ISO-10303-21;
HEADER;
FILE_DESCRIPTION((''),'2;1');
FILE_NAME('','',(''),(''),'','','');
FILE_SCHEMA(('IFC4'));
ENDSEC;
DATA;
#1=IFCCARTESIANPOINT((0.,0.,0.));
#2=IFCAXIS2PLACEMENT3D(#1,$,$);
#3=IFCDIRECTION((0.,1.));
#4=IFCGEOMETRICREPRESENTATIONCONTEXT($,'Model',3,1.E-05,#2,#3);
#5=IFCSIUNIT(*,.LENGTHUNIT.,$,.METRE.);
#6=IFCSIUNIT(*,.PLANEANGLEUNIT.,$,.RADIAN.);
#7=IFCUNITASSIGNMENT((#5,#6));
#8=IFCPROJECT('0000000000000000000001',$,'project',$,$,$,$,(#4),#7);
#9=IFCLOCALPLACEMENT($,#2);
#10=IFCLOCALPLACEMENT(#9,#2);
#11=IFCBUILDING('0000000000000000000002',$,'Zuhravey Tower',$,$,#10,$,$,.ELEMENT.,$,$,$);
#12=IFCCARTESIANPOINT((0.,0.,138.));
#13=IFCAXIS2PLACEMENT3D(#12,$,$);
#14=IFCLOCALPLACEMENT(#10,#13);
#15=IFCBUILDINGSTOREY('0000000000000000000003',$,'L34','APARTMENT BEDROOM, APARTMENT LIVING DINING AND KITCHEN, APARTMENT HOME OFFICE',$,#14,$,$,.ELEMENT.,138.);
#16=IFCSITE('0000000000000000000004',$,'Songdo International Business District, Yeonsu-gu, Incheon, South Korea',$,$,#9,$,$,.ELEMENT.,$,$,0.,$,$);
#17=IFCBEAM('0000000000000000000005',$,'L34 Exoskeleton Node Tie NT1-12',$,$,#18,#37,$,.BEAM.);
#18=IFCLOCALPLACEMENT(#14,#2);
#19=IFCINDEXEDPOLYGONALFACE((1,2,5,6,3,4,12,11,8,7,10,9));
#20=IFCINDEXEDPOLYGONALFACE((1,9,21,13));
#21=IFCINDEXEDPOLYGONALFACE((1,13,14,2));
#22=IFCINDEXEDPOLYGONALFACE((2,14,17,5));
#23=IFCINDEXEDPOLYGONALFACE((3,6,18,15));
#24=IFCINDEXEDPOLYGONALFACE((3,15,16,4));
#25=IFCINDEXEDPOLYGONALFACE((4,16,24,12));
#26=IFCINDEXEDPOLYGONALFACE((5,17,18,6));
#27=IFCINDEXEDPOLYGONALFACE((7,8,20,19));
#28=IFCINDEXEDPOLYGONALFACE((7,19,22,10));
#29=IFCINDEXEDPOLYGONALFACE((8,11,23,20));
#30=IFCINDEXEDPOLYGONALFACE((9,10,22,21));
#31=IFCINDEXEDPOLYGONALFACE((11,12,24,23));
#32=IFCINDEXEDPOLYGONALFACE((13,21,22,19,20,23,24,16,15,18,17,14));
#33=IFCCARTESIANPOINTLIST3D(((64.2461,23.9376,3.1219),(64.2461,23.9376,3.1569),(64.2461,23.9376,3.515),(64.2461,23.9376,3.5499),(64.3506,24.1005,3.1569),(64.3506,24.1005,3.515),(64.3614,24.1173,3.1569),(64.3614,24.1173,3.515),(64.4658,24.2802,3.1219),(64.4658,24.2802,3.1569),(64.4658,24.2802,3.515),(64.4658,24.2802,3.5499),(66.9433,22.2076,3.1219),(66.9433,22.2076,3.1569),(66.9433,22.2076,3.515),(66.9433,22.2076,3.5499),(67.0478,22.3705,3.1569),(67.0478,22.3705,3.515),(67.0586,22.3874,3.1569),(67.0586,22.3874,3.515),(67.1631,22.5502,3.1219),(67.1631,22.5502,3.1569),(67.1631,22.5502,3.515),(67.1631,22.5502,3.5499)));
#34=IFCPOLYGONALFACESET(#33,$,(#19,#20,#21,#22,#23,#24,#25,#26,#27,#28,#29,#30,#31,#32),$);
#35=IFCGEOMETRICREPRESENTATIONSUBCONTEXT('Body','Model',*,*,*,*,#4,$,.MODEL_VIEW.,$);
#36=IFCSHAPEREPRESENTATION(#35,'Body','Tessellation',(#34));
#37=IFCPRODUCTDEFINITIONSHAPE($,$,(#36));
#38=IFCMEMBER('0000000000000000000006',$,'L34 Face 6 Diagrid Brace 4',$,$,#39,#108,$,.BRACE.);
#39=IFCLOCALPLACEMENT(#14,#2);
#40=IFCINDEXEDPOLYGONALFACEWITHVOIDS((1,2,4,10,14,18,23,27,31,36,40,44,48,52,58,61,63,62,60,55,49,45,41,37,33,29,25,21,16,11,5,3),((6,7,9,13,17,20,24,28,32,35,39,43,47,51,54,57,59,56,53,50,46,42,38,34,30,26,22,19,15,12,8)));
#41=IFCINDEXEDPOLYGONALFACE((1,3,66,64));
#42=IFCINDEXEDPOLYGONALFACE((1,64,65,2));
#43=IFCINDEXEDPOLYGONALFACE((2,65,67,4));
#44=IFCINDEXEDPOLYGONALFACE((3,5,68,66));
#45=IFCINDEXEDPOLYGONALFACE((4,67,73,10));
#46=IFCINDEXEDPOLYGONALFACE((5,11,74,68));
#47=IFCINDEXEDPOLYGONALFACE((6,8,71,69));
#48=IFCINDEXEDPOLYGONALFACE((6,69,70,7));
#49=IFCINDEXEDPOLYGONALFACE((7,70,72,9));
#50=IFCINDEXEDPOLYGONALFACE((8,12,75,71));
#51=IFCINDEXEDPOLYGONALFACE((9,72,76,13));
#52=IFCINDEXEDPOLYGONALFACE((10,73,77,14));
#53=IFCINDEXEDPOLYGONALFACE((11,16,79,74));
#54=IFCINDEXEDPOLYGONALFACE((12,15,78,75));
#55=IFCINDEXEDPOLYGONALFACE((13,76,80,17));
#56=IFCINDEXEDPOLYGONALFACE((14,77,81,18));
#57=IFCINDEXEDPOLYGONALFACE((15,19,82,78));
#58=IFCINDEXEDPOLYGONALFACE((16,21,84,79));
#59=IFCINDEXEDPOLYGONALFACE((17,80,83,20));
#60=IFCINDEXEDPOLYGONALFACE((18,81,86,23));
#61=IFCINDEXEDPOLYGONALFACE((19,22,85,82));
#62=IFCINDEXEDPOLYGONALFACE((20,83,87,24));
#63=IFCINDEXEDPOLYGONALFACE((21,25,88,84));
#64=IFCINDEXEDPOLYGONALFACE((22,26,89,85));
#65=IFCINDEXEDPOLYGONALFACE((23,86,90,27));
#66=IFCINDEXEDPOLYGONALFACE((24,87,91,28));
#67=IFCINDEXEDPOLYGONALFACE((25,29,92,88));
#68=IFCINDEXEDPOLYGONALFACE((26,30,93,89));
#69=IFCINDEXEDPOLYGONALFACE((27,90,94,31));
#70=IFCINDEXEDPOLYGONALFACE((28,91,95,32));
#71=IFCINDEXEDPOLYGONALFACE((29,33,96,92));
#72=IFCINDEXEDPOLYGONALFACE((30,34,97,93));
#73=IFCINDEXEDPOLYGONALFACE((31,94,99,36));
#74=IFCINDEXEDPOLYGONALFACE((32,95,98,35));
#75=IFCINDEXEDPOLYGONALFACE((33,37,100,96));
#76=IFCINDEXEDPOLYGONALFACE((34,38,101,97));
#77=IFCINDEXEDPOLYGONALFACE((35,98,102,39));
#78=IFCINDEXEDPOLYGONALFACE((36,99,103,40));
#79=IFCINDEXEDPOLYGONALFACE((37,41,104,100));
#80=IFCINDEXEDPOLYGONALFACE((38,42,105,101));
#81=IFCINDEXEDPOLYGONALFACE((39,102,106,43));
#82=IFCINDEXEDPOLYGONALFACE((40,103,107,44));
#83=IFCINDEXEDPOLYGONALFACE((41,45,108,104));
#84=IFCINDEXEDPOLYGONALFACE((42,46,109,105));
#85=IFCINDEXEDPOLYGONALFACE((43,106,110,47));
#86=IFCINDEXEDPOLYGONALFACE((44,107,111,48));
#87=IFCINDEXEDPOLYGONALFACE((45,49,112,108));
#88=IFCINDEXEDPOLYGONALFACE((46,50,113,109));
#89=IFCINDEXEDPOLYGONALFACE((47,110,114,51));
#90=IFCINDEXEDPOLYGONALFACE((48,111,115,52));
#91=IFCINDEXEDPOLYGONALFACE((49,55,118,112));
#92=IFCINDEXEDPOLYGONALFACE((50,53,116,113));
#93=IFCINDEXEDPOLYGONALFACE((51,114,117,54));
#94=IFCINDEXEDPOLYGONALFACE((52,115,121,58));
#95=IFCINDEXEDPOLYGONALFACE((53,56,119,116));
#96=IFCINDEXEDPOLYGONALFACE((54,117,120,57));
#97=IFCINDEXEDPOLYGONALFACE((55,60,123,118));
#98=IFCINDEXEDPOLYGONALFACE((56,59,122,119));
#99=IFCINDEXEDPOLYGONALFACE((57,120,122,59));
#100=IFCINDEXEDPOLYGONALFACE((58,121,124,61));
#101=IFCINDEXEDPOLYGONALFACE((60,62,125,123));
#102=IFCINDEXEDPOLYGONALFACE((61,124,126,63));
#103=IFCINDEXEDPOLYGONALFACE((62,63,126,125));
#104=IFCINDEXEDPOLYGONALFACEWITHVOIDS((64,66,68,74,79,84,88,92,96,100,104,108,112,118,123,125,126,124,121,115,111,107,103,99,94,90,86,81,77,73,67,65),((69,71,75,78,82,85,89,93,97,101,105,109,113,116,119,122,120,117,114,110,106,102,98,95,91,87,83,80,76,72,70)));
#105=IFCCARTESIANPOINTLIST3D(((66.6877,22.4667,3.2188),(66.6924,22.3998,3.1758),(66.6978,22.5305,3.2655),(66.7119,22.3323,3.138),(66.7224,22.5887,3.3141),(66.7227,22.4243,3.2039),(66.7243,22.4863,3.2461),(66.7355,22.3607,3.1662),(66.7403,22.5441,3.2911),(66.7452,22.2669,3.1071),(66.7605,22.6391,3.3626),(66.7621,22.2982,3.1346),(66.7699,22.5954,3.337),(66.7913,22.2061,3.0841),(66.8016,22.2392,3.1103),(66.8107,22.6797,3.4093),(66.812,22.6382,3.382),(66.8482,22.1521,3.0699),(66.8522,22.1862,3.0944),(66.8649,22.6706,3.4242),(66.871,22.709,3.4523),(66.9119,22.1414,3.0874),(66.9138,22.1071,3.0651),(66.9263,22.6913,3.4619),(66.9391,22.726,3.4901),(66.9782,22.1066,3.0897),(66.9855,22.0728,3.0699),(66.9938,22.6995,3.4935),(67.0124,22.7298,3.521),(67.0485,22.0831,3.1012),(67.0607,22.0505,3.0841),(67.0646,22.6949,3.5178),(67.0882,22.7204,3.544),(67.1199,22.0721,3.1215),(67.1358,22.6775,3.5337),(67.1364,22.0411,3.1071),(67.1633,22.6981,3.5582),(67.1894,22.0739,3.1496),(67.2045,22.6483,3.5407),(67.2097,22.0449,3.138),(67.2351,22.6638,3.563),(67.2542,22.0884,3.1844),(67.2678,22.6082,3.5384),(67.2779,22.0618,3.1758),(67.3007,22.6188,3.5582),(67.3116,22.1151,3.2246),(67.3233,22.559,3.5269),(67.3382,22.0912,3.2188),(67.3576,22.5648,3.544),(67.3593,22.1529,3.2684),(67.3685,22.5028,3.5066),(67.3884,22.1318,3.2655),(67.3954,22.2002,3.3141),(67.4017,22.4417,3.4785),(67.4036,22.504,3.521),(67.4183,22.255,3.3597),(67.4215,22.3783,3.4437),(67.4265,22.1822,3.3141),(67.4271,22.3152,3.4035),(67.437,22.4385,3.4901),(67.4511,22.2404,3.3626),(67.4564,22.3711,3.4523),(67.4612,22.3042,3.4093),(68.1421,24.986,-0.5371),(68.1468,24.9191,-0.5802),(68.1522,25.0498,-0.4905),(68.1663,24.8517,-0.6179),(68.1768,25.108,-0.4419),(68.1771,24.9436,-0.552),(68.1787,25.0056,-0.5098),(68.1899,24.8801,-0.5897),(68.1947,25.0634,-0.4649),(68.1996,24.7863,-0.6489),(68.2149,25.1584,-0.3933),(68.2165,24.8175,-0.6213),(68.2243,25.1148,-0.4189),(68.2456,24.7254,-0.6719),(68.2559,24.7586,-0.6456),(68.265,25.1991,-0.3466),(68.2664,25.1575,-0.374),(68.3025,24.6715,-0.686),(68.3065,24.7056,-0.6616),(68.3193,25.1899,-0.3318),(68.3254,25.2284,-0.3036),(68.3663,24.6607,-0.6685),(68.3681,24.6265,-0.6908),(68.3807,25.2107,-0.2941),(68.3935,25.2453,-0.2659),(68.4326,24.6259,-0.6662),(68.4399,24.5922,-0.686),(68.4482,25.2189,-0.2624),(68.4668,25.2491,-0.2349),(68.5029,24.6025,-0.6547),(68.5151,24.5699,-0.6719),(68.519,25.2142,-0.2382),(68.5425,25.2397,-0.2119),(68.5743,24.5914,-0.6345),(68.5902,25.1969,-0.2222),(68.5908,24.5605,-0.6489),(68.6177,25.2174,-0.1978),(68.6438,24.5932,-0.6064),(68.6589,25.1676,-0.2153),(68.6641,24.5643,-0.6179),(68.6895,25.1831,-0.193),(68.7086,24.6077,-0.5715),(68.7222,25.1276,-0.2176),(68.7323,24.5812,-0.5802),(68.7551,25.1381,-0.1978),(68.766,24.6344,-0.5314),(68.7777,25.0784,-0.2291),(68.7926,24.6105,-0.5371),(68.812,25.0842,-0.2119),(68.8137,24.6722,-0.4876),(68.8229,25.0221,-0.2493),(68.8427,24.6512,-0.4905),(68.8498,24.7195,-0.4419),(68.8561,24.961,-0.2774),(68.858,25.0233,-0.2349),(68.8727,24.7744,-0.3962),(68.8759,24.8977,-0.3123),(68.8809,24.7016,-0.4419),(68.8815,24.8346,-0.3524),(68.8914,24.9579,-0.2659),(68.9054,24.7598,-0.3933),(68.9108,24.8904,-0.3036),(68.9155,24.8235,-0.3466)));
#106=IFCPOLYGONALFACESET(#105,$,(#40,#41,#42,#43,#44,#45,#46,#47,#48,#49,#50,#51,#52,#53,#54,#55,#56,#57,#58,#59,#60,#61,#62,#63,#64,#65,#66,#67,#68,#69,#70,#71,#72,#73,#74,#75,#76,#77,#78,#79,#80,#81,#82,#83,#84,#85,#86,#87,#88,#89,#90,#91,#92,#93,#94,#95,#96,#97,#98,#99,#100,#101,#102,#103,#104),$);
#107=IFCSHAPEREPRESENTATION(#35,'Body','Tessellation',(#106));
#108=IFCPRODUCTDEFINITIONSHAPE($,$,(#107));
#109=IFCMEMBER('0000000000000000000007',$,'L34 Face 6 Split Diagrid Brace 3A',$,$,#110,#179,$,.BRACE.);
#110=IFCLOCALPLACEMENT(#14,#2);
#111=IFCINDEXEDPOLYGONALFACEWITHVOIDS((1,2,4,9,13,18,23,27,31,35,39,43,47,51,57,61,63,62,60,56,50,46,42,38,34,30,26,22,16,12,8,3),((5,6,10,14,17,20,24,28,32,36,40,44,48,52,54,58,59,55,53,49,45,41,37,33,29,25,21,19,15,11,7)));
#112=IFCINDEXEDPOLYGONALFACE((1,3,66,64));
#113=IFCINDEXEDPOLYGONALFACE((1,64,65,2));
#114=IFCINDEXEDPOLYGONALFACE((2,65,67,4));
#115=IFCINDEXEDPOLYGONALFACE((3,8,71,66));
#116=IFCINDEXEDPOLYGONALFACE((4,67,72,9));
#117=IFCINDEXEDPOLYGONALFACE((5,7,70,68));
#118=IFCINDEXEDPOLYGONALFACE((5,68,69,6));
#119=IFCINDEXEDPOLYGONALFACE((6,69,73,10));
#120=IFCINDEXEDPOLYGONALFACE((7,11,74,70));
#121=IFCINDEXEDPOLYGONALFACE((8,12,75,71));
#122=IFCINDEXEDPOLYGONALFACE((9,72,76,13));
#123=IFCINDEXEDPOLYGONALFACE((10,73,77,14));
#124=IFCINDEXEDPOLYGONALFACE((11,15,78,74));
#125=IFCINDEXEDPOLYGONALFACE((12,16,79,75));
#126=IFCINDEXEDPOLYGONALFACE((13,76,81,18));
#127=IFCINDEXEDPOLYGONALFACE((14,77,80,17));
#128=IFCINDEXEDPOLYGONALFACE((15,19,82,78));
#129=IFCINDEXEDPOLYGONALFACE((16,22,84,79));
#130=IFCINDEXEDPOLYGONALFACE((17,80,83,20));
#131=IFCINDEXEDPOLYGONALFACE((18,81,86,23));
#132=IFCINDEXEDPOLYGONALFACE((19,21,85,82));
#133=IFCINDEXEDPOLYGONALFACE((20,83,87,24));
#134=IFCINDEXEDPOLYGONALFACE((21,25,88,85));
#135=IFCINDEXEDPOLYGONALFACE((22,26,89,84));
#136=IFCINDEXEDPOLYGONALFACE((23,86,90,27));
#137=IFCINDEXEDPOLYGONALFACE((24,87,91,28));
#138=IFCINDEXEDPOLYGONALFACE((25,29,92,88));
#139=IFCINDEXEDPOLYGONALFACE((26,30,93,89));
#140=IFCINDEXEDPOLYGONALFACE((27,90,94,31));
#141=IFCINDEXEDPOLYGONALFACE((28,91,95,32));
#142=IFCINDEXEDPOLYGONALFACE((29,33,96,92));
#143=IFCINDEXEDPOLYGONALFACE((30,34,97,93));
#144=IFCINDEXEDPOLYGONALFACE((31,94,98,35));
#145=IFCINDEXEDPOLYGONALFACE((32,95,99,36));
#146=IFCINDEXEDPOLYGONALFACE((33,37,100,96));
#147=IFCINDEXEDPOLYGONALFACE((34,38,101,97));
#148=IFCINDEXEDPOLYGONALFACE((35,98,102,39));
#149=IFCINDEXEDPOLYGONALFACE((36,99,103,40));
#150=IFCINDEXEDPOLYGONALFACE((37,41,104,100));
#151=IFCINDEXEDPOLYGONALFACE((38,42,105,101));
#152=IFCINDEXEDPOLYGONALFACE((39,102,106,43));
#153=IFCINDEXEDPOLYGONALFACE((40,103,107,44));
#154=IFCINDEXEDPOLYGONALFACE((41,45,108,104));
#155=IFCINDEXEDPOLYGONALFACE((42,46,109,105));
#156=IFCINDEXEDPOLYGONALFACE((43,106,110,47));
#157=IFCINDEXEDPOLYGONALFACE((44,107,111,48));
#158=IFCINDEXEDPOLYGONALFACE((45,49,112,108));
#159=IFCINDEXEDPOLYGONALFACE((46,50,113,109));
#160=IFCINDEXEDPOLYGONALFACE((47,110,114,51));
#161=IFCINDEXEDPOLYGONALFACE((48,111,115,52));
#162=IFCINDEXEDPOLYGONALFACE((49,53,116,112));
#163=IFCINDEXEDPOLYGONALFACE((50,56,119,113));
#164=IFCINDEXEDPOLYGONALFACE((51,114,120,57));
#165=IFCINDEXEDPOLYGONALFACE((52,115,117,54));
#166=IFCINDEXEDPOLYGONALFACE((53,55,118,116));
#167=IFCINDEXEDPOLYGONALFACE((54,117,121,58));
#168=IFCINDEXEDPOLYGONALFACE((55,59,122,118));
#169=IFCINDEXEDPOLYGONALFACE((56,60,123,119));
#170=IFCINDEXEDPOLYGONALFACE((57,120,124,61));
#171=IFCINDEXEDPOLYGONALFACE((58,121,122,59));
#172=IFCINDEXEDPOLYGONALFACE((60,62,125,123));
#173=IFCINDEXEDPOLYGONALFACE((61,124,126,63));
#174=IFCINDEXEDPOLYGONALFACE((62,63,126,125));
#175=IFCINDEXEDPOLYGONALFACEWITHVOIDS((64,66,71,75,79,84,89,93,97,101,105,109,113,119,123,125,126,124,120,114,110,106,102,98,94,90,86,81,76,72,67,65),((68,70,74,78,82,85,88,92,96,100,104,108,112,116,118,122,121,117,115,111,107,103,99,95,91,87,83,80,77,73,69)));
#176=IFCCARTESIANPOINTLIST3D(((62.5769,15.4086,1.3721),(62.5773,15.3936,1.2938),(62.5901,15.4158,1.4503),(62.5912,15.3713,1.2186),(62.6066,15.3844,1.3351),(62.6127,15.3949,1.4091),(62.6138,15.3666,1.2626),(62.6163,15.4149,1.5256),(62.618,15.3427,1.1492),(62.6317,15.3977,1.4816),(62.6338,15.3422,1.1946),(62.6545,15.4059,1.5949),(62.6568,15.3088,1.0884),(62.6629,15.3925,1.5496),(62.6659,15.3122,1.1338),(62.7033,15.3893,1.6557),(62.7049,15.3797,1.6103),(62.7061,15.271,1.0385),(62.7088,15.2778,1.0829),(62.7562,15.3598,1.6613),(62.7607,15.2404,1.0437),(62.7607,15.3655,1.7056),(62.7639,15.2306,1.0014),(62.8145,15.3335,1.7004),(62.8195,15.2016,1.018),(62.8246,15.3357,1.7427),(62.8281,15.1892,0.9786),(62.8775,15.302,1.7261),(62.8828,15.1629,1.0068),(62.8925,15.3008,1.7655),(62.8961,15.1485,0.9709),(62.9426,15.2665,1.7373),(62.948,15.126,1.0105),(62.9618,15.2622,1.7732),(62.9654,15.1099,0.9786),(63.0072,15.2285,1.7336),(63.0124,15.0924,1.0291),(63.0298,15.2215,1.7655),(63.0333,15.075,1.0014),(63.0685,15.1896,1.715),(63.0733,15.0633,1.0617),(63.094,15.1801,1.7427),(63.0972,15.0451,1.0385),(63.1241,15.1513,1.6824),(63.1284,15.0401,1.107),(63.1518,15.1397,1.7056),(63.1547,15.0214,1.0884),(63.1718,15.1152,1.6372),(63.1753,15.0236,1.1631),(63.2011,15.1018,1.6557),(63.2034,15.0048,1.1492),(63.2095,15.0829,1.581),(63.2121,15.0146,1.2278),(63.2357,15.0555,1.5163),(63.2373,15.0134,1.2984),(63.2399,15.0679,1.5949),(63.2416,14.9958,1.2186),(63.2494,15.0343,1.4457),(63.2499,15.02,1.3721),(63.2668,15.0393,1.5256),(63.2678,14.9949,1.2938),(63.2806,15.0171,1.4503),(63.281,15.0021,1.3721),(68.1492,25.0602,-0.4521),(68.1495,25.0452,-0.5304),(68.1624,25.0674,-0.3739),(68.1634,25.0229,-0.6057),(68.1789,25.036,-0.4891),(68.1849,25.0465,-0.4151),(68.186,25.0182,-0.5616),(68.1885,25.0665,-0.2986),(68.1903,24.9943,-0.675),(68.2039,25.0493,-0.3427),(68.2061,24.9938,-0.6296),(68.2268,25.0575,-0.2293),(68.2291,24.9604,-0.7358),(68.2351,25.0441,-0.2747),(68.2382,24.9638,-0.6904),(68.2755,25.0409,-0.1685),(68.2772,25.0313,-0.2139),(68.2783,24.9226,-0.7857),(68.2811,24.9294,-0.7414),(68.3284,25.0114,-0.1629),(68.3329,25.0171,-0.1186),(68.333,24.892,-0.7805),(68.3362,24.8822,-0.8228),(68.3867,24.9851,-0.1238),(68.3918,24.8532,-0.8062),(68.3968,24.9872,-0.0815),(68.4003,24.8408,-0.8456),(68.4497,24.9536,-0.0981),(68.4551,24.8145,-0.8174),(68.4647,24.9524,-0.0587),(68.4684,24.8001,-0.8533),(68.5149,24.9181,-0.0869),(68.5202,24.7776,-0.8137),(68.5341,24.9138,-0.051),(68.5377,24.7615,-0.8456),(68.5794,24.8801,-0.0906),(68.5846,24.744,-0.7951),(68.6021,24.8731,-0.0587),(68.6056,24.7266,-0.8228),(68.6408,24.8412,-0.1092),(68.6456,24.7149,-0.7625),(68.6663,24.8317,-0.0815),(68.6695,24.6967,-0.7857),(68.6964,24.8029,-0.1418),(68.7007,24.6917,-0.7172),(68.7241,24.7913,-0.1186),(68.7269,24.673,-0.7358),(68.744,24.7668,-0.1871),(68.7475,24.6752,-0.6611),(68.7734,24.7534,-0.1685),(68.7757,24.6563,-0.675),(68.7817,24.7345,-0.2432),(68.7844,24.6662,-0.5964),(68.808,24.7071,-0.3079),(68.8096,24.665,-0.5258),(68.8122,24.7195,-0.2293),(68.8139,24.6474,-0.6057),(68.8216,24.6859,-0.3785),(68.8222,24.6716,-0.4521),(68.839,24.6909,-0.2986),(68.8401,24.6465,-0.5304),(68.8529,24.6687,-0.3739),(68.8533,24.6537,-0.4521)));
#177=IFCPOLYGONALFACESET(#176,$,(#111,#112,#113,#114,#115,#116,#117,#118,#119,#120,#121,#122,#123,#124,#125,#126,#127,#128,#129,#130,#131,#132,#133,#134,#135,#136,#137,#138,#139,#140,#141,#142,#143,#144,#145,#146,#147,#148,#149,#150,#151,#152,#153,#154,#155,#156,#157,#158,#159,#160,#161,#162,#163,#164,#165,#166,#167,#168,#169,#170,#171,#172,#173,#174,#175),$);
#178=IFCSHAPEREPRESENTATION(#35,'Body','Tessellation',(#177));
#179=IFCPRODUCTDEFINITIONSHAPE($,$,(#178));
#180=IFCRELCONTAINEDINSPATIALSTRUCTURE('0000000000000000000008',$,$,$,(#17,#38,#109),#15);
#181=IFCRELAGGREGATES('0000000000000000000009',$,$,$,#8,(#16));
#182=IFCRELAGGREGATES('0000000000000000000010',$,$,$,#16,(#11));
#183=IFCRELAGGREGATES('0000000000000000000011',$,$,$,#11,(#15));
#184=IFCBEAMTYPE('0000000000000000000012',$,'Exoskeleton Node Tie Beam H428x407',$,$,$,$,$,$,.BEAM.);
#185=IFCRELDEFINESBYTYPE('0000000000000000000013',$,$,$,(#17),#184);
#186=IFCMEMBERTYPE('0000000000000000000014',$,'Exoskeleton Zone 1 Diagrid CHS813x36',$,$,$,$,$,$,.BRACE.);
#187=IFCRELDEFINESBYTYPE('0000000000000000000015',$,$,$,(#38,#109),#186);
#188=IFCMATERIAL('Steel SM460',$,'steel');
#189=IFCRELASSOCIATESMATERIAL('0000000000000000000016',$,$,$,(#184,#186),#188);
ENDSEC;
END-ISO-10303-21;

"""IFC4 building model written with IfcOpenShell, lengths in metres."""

from ifc_helpers import new_model, si_unit, direction, frame, origin, origin_2d, place, context, subcontext, project, spatial, hollow_circle, i_section, extrude, material, material_profile, profile_set, type_object, element, save


model = new_model("IFC4")

# Units and contexts
model_context = context("Model", 3, precision=1e-05, world=origin(), true_north=direction((0.0, 1.0)))
body_context = subcontext(model_context, "Body", "Model", "MODEL_VIEW")
ifc_project = project(units=[si_unit("LENGTHUNIT", "METRE"), si_unit("PLANEANGLEUNIT", "RADIAN")], contexts=[model_context])

# Site, building, storey
site_placement = place(None, origin())
site = spatial("IfcSite", under=ifc_project, at=site_placement, Name="Songdo International Business District, Yeonsu-gu, Incheon, South Korea", CompositionType="ELEMENT", RefElevation=0.0)
building_placement = place(site_placement, origin())
building = spatial("IfcBuilding", under=site, at=building_placement, Name="Zuhravey Tower", CompositionType="ELEMENT")
storey_placement = place(building_placement, frame((0.0, 0.0, 138.0)))
storey = spatial("IfcBuildingStorey", under=building, at=storey_placement, Name="L34", Description="APARTMENT BEDROOM, APARTMENT LIVING DINING AND KITCHEN, APARTMENT HOME OFFICE", CompositionType="ELEMENT", Elevation=138.0)

# Beam
ifc_material_1 = material(Name="Steel SM460", Category="steel")
ifc_material_profile_1 = material_profile(ifc_material_1, i_section(OverallWidth=0.407, OverallDepth=0.428, WebThickness=0.02, FlangeThickness=0.0349, at=origin_2d()), Name="H-428x407x20x35")
ifc_profile_set_1 = profile_set([ifc_material_profile_1], Name="Steel SM460")
beam_type_1 = type_object("IfcBeamType", Name="Exoskeleton Node Tie Beam H428x407", PredefinedType="BEAM", material=ifc_profile_set_1)
beam_1_placement = place(storey_placement, frame((64.356, 24.1089, 3.3359), z_axis=(0.841742, -0.539879, 0.0), x_axis=(0.539879, 0.841742, 0.0)))
element("IfcBeam", 1, at=beam_1_placement, inside=storey, type_object=beam_type_1, Name="L34 Exoskeleton Node Tie NT1-12", PredefinedType="BEAM", context=body_context, shape_type="SweptSolid", body=[
    extrude(i_section(OverallWidth=0.407, OverallDepth=0.428, WebThickness=0.02, FlangeThickness=0.0349, at=origin_2d()), origin(), (0.0, 0.0, 1.0), 3.2043),
])

# Members
ifc_material_profile_2 = material_profile(ifc_material_1, hollow_circle(Radius=0.4065, WallThickness=0.0359, at=origin_2d()), Name="CHS-812.8x36")
ifc_profile_set_2 = profile_set([ifc_material_profile_2], Name="Steel SM460")
member_type_1 = type_object("IfcMemberType", Name="Exoskeleton Zone 1 Diagrid CHS813x36", PredefinedType="BRACE", material=ifc_profile_set_2)
member_1_placement = place(storey_placement, frame((68.5288, 24.9048, -0.4419), z_axis=(-0.306138, -0.530307, 0.790604), x_axis=(0.86605, -0.499957, 0.0)))
element("IfcMember", 2, at=member_1_placement, inside=storey, type_object=member_type_1, Name="L34 Face 6 Diagrid Brace 4", PredefinedType="BRACE", context=body_context, shape_type="SweptSolid", body=[
    extrude(hollow_circle(Radius=0.4065, WallThickness=0.0359, at=origin_2d()), origin(), (0.0, 0.0, 1.0), 4.7507),
])
member_2_placement = place(storey_placement, frame((68.5012, 24.8569, -0.4521), z_axis=(-0.493427, -0.854655, 0.161536), x_axis=(0.866029, -0.499994, 0.0)))
element("IfcMember", 3, at=member_2_placement, inside=storey, type_object=member_type_1, Name="L34 Face 6 Split Diagrid Brace 3A", PredefinedType="BRACE", context=body_context, shape_type="SweptSolid", body=[
    extrude(hollow_circle(Radius=0.4065, WallThickness=0.0359, at=origin_2d()), origin(), (0.0, 0.0, 1.0), 11.293),
])

save(model, "model.ifc")
